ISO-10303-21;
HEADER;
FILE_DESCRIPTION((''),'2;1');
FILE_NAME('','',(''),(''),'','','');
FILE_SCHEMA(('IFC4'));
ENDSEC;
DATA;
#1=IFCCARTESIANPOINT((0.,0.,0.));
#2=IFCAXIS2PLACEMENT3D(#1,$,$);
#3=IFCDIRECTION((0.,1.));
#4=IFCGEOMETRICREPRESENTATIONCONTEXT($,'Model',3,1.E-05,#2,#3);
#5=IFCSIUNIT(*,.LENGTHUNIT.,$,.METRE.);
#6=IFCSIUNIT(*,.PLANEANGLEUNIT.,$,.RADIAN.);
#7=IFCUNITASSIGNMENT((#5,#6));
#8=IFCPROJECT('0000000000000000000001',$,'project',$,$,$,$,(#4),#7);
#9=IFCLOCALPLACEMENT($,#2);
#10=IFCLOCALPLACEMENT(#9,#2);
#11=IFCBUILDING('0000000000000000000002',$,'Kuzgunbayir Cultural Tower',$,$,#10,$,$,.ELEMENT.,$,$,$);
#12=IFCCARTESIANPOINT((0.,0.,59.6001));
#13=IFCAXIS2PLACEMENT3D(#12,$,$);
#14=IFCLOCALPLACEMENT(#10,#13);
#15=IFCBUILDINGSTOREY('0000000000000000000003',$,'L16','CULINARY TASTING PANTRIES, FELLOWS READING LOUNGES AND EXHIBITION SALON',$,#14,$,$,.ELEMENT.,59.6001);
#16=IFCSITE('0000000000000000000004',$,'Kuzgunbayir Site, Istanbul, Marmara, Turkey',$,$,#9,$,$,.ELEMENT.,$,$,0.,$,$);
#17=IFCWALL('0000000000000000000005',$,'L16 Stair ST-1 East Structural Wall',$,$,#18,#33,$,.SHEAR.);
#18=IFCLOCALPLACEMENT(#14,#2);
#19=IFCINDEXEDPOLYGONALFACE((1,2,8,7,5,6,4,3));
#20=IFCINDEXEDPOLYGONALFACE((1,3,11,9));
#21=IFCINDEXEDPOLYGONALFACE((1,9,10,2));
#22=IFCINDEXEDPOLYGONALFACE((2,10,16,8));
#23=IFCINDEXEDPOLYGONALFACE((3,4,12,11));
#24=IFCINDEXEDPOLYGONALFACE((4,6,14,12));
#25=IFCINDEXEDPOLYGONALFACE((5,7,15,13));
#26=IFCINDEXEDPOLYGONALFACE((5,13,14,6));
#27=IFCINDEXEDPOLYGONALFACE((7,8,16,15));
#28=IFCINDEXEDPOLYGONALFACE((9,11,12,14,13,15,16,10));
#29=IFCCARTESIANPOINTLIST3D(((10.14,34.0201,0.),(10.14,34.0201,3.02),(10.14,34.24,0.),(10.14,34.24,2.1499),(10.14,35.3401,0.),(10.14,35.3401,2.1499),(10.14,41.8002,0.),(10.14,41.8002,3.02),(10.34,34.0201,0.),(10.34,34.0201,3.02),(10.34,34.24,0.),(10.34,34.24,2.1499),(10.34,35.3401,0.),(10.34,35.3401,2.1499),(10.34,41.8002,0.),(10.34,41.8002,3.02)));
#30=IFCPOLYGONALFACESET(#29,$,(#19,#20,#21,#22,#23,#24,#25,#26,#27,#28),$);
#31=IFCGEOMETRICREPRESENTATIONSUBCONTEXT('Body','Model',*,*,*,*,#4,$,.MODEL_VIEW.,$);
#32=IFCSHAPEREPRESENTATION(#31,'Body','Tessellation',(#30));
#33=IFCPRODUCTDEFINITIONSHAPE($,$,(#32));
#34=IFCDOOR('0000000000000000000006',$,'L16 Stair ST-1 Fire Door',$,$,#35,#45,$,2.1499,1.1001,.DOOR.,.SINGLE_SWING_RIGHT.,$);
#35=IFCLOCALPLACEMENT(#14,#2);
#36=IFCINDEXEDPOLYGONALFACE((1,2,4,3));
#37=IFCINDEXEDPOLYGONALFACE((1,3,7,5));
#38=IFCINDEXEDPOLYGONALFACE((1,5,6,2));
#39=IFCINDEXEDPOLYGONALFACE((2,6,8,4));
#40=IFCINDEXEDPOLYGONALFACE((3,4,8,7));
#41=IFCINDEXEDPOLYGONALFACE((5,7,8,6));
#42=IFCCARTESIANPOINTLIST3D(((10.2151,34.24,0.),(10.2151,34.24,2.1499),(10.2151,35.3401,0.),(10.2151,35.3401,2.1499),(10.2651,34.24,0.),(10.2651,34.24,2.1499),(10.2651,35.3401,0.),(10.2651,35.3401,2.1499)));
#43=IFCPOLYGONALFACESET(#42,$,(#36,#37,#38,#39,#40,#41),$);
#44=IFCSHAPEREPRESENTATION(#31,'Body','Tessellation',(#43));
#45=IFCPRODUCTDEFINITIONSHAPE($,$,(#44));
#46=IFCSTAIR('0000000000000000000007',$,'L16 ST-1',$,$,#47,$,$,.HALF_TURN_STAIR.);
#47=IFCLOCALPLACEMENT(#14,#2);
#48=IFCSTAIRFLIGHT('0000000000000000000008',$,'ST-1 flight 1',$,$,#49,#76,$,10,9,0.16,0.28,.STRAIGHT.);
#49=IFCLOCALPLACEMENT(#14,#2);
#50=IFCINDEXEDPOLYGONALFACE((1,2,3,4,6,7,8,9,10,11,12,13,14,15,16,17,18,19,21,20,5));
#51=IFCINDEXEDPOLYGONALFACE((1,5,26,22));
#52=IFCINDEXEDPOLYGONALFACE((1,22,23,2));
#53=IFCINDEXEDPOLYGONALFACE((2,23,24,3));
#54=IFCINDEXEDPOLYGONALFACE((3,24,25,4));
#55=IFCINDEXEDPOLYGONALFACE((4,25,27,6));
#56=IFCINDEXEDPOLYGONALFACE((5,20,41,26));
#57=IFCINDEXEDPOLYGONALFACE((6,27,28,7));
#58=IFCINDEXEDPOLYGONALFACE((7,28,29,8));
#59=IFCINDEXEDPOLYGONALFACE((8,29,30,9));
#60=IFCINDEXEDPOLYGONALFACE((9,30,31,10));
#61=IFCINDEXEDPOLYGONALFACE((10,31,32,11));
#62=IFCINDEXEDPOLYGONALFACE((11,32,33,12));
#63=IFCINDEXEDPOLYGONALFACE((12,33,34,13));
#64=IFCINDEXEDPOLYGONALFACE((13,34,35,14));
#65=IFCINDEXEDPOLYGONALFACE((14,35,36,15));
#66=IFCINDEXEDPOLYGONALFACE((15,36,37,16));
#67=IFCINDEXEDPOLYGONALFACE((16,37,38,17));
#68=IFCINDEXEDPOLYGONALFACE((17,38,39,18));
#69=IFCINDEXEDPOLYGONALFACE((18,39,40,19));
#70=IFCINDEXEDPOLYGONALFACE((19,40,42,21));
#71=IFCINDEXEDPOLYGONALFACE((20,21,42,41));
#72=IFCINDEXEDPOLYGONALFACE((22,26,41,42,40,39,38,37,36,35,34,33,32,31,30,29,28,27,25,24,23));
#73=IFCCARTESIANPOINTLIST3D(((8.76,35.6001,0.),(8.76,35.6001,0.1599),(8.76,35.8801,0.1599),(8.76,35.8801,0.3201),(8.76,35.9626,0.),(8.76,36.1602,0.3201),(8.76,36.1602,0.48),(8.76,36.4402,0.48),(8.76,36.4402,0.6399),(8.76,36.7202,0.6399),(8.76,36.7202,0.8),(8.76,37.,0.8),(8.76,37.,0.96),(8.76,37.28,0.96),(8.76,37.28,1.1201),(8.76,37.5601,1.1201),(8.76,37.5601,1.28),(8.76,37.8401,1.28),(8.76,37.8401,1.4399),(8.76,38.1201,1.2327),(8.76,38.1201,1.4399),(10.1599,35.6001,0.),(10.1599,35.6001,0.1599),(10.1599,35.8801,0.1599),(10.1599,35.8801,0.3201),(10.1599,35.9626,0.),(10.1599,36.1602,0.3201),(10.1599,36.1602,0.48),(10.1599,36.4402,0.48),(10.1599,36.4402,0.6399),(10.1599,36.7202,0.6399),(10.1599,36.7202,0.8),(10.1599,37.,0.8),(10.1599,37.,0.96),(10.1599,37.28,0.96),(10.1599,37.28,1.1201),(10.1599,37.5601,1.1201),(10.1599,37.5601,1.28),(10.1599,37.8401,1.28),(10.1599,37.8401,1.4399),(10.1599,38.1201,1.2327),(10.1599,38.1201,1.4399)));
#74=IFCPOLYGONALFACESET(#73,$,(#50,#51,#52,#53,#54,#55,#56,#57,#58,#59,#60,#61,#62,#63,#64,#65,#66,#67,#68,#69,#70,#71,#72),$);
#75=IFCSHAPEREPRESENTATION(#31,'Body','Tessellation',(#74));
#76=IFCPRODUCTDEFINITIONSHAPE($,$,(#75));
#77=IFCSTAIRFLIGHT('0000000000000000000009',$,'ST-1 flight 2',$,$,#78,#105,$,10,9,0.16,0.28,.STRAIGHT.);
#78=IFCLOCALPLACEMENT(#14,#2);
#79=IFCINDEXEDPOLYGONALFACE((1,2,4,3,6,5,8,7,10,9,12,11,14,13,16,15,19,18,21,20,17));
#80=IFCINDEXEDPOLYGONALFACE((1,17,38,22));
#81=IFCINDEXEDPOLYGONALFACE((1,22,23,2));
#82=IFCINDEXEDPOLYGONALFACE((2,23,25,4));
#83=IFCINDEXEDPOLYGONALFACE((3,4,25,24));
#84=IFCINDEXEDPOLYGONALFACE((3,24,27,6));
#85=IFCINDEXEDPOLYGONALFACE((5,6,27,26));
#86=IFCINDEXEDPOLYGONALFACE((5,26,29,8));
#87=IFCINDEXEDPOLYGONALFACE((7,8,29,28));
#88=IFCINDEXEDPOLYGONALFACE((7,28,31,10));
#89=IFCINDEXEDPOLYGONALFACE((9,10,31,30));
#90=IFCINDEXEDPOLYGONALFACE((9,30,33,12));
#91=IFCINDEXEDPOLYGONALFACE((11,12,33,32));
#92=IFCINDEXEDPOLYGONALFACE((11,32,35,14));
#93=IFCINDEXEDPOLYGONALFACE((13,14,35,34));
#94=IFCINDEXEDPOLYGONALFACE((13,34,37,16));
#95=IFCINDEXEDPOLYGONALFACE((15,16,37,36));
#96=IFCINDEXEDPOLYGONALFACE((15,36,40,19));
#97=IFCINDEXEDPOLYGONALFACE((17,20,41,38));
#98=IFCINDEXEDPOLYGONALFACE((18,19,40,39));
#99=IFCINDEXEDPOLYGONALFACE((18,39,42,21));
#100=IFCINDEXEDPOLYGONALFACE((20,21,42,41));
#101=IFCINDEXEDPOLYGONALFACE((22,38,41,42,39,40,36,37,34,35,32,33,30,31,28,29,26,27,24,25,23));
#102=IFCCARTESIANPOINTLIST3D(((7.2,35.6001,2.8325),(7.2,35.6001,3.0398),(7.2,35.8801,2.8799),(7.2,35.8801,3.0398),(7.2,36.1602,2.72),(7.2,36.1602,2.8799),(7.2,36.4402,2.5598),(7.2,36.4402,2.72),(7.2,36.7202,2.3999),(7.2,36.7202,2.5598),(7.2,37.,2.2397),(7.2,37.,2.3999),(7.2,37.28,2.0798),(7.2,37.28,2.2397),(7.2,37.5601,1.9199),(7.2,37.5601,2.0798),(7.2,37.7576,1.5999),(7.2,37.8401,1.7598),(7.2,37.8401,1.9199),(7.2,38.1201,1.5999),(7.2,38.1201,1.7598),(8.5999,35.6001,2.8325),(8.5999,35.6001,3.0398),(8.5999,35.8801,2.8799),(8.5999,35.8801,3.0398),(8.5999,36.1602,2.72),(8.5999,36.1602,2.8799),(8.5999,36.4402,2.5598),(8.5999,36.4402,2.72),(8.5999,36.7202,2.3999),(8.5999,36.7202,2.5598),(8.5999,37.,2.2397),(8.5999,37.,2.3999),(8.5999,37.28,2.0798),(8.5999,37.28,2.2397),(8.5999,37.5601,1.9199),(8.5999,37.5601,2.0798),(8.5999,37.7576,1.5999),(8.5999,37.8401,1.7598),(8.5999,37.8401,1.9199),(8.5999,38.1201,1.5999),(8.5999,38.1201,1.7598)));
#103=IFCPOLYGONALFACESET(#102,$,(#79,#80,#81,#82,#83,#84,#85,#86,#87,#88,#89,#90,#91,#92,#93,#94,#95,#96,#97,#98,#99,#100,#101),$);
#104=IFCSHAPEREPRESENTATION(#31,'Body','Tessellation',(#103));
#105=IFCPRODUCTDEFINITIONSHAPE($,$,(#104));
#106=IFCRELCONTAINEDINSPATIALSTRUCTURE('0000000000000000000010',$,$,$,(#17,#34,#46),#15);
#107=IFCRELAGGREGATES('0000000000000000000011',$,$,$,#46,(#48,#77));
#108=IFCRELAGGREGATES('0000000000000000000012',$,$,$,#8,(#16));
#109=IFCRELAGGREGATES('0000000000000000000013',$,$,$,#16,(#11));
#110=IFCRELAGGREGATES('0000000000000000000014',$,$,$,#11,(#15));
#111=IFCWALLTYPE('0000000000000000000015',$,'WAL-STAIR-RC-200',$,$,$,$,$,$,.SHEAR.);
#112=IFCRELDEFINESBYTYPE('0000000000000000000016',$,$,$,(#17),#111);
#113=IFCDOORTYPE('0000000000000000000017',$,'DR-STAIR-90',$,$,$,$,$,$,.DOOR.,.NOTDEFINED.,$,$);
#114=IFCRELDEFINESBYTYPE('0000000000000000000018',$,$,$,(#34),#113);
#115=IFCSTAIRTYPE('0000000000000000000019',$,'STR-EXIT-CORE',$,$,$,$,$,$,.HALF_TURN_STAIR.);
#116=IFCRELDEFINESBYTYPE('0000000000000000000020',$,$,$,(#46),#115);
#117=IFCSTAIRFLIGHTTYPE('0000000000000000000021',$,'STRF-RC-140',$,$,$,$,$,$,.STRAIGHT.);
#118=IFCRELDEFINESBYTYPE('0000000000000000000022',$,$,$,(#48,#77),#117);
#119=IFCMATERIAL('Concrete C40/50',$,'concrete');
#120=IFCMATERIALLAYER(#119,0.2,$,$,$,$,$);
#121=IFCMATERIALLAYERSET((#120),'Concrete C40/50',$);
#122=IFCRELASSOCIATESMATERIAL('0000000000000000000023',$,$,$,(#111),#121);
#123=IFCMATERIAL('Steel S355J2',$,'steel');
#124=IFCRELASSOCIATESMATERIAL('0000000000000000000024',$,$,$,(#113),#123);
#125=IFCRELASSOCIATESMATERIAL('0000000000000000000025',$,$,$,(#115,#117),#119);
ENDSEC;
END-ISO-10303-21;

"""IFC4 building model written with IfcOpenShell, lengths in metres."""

from ifc_helpers import new_model, si_unit, direction, frame, frame_2d, origin, place, context, subcontext, project, spatial, polyline, rectangle, outline, extrude, material, layer, layer_set, type_object, element, fill, aggregate, save


model = new_model("IFC4")

# Units and contexts
model_context = context("Model", 3, precision=1e-05, world=origin(), true_north=direction((0.0, 1.0)))
body_context = subcontext(model_context, "Body", "Model", "MODEL_VIEW")
ifc_project = project(units=[si_unit("LENGTHUNIT", "METRE"), si_unit("PLANEANGLEUNIT", "RADIAN")], contexts=[model_context])

# Site, building, storey
site_placement = place(None, origin())
site = spatial("IfcSite", under=ifc_project, at=site_placement, Name="Kuzgunbayir Site, Istanbul, Marmara, Turkey", CompositionType="ELEMENT", RefElevation=0.0)
building_placement = place(site_placement, origin())
building = spatial("IfcBuilding", under=site, at=building_placement, Name="Kuzgunbayir Cultural Tower", CompositionType="ELEMENT")
storey_placement = place(building_placement, frame((0.0, 0.0, 59.6001)))
storey = spatial("IfcBuildingStorey", under=building, at=storey_placement, Name="L16", Description="CULINARY TASTING PANTRIES, FELLOWS READING LOUNGES AND EXHIBITION SALON", CompositionType="ELEMENT", Elevation=59.6001)

# Shared definitions
ifc_material_1 = material(Name="Steel S355J2", Category="steel")

# Shared definitions
ifc_material_2 = material(Name="Concrete C40/50", Category="concrete")

# Wall, opening, door
ifc_layer_1 = layer(ifc_material_2, 0.2)
ifc_layer_set_1 = layer_set([ifc_layer_1], Name="Concrete C40/50")
wall_type_1 = type_object("IfcWallType", Name="WAL-STAIR-RC-200", PredefinedType="SHEAR", material=ifc_layer_set_1)
wall_1_placement = place(storey_placement, frame((10.24, 34.02, 0.0), z_axis=(0.0, 0.0, 1.0), x_axis=(0.0, 1.0, 0.0)))
wall_1 = element("IfcWall", 1, at=wall_1_placement, inside=storey, type_object=wall_type_1, Name="L16 Stair ST-1 East Structural Wall", PredefinedType="SHEAR", context=body_context, shape_type="SweptSolid", body=[
    extrude(rectangle(XDim=7.78, YDim=0.2, at=frame_2d((3.8901, 0.0))), origin(), (0.0, 0.0, 1.0), 3.02),
])
opening_1_placement = place(wall_1_placement, frame((0.22, 0.0, 0.0)))
opening_1 = element("IfcOpeningElement", 2, at=opening_1_placement, cuts=wall_1, PredefinedType="OPENING", context=body_context, shape_type="SweptSolid", body=[
    extrude(rectangle(XDim=1.1001, YDim=2.1499, at=frame_2d((0.55, 1.075))), frame((0.0, 0.1099, 0.0), z_axis=(0.0, -1.0, 0.0), x_axis=(1.0, 0.0, 0.0)), (0.0, 0.0, 1.0), 0.22),
])
door_type_1 = type_object("IfcDoorType", Name="DR-STAIR-90", OperationType="NOTDEFINED", PredefinedType="DOOR", material=ifc_material_1)
door_1_placement = place(opening_1_placement, origin())
door_1 = element("IfcDoor", 3, at=door_1_placement, inside=storey, type_object=door_type_1, Name="L16 Stair ST-1 Fire Door", OperationType="SINGLE_SWING_RIGHT", OverallHeight=2.1499, OverallWidth=1.1001, PredefinedType="DOOR", context=body_context, shape_type="SweptSolid", body=[
    extrude(rectangle(XDim=1.1001, YDim=2.1499, at=frame_2d((0.55, 1.075))), frame((0.0, 0.0249, 0.0), z_axis=(0.0, -1.0, 0.0), x_axis=(1.0, 0.0, 0.0)), (0.0, 0.0, 1.0), 0.05),
])
fill(opening_1, door_1)

# Stair, stair flights
stair_type = type_object("IfcStairType", Name="STR-EXIT-CORE", PredefinedType="HALF_TURN_STAIR", material=ifc_material_2)
stair_placement = place(storey_placement, origin())
stair = element("IfcStair", 4, at=stair_placement, inside=storey, type_object=stair_type, Name="L16 ST-1", PredefinedType="HALF_TURN_STAIR")
stair_flight_type = type_object("IfcStairFlightType", Name="STRF-RC-140", PredefinedType="STRAIGHT", material=ifc_material_2)
stair_flight_1_placement = place(storey_placement, frame((9.46, 35.6001, 0.0), z_axis=(0.0, 0.0, 1.0), x_axis=(0.0, 1.0, 0.0)))
stair_flight_1 = element("IfcStairFlight", 5, at=stair_flight_1_placement, type_object=stair_flight_type, Name="ST-1 flight 1", NumberOfRisers=10, NumberOfTreads=9, PredefinedType="STRAIGHT", RiserHeight=0.16, TreadLength=0.28, context=body_context, shape_type="SweptSolid", body=[
    extrude(outline(polyline([(0.0, 0.0), (0.0, 0.1599), (0.28, 0.1599), (0.28, 0.3201), (0.5601, 0.3201), (0.5601, 0.48), (0.8401, 0.48), (0.8401, 0.6399), (1.1201, 0.6399), (1.1201, 0.8), (1.3999, 0.8), (1.3999, 0.96), (1.6799, 0.96), (1.6799, 1.1201), (1.96, 1.1201), (1.96, 1.28), (2.24, 1.28), (2.24, 1.4399), (2.52, 1.4399), (2.52, 1.6001), (2.52, 1.2327), (0.3625, 0.0), (0.0, 0.0)])), frame((0.0, 0.7, 0.0), z_axis=(0.0, -1.0, 0.0), x_axis=(1.0, 0.0, 0.0)), (0.0, 0.0, 1.0), 1.3999),
])
stair_flight_2_placement = place(storey_placement, frame((7.8999, 38.1201, 1.5999), z_axis=(0.0, 0.0, 1.0), x_axis=(0.0, -1.0, 0.0)))
stair_flight_2 = element("IfcStairFlight", 6, at=stair_flight_2_placement, type_object=stair_flight_type, Name="ST-1 flight 2", NumberOfRisers=10, NumberOfTreads=9, PredefinedType="STRAIGHT", RiserHeight=0.16, TreadLength=0.28, context=body_context, shape_type="SweptSolid", body=[
    extrude(outline(polyline([(0.0, 0.0), (0.0, 0.1599), (0.28, 0.1599), (0.28, 0.3201), (0.5601, 0.3201), (0.5601, 0.48), (0.8401, 0.48), (0.8401, 0.6399), (1.1201, 0.6399), (1.1201, 0.8), (1.3999, 0.8), (1.3999, 0.96), (1.6799, 0.96), (1.6799, 1.1201), (1.96, 1.1201), (1.96, 1.28), (2.24, 1.28), (2.24, 1.4399), (2.52, 1.4399), (2.52, 1.6001), (2.52, 1.2327), (0.3625, 0.0), (0.0, 0.0)])), frame((0.0, 0.7, 0.0), z_axis=(0.0, -1.0, 0.0), x_axis=(1.0, 0.0, 0.0)), (0.0, 0.0, 1.0), 1.3999),
])
aggregate(stair, [stair_flight_1, stair_flight_2])

save(model, "model.ifc")
